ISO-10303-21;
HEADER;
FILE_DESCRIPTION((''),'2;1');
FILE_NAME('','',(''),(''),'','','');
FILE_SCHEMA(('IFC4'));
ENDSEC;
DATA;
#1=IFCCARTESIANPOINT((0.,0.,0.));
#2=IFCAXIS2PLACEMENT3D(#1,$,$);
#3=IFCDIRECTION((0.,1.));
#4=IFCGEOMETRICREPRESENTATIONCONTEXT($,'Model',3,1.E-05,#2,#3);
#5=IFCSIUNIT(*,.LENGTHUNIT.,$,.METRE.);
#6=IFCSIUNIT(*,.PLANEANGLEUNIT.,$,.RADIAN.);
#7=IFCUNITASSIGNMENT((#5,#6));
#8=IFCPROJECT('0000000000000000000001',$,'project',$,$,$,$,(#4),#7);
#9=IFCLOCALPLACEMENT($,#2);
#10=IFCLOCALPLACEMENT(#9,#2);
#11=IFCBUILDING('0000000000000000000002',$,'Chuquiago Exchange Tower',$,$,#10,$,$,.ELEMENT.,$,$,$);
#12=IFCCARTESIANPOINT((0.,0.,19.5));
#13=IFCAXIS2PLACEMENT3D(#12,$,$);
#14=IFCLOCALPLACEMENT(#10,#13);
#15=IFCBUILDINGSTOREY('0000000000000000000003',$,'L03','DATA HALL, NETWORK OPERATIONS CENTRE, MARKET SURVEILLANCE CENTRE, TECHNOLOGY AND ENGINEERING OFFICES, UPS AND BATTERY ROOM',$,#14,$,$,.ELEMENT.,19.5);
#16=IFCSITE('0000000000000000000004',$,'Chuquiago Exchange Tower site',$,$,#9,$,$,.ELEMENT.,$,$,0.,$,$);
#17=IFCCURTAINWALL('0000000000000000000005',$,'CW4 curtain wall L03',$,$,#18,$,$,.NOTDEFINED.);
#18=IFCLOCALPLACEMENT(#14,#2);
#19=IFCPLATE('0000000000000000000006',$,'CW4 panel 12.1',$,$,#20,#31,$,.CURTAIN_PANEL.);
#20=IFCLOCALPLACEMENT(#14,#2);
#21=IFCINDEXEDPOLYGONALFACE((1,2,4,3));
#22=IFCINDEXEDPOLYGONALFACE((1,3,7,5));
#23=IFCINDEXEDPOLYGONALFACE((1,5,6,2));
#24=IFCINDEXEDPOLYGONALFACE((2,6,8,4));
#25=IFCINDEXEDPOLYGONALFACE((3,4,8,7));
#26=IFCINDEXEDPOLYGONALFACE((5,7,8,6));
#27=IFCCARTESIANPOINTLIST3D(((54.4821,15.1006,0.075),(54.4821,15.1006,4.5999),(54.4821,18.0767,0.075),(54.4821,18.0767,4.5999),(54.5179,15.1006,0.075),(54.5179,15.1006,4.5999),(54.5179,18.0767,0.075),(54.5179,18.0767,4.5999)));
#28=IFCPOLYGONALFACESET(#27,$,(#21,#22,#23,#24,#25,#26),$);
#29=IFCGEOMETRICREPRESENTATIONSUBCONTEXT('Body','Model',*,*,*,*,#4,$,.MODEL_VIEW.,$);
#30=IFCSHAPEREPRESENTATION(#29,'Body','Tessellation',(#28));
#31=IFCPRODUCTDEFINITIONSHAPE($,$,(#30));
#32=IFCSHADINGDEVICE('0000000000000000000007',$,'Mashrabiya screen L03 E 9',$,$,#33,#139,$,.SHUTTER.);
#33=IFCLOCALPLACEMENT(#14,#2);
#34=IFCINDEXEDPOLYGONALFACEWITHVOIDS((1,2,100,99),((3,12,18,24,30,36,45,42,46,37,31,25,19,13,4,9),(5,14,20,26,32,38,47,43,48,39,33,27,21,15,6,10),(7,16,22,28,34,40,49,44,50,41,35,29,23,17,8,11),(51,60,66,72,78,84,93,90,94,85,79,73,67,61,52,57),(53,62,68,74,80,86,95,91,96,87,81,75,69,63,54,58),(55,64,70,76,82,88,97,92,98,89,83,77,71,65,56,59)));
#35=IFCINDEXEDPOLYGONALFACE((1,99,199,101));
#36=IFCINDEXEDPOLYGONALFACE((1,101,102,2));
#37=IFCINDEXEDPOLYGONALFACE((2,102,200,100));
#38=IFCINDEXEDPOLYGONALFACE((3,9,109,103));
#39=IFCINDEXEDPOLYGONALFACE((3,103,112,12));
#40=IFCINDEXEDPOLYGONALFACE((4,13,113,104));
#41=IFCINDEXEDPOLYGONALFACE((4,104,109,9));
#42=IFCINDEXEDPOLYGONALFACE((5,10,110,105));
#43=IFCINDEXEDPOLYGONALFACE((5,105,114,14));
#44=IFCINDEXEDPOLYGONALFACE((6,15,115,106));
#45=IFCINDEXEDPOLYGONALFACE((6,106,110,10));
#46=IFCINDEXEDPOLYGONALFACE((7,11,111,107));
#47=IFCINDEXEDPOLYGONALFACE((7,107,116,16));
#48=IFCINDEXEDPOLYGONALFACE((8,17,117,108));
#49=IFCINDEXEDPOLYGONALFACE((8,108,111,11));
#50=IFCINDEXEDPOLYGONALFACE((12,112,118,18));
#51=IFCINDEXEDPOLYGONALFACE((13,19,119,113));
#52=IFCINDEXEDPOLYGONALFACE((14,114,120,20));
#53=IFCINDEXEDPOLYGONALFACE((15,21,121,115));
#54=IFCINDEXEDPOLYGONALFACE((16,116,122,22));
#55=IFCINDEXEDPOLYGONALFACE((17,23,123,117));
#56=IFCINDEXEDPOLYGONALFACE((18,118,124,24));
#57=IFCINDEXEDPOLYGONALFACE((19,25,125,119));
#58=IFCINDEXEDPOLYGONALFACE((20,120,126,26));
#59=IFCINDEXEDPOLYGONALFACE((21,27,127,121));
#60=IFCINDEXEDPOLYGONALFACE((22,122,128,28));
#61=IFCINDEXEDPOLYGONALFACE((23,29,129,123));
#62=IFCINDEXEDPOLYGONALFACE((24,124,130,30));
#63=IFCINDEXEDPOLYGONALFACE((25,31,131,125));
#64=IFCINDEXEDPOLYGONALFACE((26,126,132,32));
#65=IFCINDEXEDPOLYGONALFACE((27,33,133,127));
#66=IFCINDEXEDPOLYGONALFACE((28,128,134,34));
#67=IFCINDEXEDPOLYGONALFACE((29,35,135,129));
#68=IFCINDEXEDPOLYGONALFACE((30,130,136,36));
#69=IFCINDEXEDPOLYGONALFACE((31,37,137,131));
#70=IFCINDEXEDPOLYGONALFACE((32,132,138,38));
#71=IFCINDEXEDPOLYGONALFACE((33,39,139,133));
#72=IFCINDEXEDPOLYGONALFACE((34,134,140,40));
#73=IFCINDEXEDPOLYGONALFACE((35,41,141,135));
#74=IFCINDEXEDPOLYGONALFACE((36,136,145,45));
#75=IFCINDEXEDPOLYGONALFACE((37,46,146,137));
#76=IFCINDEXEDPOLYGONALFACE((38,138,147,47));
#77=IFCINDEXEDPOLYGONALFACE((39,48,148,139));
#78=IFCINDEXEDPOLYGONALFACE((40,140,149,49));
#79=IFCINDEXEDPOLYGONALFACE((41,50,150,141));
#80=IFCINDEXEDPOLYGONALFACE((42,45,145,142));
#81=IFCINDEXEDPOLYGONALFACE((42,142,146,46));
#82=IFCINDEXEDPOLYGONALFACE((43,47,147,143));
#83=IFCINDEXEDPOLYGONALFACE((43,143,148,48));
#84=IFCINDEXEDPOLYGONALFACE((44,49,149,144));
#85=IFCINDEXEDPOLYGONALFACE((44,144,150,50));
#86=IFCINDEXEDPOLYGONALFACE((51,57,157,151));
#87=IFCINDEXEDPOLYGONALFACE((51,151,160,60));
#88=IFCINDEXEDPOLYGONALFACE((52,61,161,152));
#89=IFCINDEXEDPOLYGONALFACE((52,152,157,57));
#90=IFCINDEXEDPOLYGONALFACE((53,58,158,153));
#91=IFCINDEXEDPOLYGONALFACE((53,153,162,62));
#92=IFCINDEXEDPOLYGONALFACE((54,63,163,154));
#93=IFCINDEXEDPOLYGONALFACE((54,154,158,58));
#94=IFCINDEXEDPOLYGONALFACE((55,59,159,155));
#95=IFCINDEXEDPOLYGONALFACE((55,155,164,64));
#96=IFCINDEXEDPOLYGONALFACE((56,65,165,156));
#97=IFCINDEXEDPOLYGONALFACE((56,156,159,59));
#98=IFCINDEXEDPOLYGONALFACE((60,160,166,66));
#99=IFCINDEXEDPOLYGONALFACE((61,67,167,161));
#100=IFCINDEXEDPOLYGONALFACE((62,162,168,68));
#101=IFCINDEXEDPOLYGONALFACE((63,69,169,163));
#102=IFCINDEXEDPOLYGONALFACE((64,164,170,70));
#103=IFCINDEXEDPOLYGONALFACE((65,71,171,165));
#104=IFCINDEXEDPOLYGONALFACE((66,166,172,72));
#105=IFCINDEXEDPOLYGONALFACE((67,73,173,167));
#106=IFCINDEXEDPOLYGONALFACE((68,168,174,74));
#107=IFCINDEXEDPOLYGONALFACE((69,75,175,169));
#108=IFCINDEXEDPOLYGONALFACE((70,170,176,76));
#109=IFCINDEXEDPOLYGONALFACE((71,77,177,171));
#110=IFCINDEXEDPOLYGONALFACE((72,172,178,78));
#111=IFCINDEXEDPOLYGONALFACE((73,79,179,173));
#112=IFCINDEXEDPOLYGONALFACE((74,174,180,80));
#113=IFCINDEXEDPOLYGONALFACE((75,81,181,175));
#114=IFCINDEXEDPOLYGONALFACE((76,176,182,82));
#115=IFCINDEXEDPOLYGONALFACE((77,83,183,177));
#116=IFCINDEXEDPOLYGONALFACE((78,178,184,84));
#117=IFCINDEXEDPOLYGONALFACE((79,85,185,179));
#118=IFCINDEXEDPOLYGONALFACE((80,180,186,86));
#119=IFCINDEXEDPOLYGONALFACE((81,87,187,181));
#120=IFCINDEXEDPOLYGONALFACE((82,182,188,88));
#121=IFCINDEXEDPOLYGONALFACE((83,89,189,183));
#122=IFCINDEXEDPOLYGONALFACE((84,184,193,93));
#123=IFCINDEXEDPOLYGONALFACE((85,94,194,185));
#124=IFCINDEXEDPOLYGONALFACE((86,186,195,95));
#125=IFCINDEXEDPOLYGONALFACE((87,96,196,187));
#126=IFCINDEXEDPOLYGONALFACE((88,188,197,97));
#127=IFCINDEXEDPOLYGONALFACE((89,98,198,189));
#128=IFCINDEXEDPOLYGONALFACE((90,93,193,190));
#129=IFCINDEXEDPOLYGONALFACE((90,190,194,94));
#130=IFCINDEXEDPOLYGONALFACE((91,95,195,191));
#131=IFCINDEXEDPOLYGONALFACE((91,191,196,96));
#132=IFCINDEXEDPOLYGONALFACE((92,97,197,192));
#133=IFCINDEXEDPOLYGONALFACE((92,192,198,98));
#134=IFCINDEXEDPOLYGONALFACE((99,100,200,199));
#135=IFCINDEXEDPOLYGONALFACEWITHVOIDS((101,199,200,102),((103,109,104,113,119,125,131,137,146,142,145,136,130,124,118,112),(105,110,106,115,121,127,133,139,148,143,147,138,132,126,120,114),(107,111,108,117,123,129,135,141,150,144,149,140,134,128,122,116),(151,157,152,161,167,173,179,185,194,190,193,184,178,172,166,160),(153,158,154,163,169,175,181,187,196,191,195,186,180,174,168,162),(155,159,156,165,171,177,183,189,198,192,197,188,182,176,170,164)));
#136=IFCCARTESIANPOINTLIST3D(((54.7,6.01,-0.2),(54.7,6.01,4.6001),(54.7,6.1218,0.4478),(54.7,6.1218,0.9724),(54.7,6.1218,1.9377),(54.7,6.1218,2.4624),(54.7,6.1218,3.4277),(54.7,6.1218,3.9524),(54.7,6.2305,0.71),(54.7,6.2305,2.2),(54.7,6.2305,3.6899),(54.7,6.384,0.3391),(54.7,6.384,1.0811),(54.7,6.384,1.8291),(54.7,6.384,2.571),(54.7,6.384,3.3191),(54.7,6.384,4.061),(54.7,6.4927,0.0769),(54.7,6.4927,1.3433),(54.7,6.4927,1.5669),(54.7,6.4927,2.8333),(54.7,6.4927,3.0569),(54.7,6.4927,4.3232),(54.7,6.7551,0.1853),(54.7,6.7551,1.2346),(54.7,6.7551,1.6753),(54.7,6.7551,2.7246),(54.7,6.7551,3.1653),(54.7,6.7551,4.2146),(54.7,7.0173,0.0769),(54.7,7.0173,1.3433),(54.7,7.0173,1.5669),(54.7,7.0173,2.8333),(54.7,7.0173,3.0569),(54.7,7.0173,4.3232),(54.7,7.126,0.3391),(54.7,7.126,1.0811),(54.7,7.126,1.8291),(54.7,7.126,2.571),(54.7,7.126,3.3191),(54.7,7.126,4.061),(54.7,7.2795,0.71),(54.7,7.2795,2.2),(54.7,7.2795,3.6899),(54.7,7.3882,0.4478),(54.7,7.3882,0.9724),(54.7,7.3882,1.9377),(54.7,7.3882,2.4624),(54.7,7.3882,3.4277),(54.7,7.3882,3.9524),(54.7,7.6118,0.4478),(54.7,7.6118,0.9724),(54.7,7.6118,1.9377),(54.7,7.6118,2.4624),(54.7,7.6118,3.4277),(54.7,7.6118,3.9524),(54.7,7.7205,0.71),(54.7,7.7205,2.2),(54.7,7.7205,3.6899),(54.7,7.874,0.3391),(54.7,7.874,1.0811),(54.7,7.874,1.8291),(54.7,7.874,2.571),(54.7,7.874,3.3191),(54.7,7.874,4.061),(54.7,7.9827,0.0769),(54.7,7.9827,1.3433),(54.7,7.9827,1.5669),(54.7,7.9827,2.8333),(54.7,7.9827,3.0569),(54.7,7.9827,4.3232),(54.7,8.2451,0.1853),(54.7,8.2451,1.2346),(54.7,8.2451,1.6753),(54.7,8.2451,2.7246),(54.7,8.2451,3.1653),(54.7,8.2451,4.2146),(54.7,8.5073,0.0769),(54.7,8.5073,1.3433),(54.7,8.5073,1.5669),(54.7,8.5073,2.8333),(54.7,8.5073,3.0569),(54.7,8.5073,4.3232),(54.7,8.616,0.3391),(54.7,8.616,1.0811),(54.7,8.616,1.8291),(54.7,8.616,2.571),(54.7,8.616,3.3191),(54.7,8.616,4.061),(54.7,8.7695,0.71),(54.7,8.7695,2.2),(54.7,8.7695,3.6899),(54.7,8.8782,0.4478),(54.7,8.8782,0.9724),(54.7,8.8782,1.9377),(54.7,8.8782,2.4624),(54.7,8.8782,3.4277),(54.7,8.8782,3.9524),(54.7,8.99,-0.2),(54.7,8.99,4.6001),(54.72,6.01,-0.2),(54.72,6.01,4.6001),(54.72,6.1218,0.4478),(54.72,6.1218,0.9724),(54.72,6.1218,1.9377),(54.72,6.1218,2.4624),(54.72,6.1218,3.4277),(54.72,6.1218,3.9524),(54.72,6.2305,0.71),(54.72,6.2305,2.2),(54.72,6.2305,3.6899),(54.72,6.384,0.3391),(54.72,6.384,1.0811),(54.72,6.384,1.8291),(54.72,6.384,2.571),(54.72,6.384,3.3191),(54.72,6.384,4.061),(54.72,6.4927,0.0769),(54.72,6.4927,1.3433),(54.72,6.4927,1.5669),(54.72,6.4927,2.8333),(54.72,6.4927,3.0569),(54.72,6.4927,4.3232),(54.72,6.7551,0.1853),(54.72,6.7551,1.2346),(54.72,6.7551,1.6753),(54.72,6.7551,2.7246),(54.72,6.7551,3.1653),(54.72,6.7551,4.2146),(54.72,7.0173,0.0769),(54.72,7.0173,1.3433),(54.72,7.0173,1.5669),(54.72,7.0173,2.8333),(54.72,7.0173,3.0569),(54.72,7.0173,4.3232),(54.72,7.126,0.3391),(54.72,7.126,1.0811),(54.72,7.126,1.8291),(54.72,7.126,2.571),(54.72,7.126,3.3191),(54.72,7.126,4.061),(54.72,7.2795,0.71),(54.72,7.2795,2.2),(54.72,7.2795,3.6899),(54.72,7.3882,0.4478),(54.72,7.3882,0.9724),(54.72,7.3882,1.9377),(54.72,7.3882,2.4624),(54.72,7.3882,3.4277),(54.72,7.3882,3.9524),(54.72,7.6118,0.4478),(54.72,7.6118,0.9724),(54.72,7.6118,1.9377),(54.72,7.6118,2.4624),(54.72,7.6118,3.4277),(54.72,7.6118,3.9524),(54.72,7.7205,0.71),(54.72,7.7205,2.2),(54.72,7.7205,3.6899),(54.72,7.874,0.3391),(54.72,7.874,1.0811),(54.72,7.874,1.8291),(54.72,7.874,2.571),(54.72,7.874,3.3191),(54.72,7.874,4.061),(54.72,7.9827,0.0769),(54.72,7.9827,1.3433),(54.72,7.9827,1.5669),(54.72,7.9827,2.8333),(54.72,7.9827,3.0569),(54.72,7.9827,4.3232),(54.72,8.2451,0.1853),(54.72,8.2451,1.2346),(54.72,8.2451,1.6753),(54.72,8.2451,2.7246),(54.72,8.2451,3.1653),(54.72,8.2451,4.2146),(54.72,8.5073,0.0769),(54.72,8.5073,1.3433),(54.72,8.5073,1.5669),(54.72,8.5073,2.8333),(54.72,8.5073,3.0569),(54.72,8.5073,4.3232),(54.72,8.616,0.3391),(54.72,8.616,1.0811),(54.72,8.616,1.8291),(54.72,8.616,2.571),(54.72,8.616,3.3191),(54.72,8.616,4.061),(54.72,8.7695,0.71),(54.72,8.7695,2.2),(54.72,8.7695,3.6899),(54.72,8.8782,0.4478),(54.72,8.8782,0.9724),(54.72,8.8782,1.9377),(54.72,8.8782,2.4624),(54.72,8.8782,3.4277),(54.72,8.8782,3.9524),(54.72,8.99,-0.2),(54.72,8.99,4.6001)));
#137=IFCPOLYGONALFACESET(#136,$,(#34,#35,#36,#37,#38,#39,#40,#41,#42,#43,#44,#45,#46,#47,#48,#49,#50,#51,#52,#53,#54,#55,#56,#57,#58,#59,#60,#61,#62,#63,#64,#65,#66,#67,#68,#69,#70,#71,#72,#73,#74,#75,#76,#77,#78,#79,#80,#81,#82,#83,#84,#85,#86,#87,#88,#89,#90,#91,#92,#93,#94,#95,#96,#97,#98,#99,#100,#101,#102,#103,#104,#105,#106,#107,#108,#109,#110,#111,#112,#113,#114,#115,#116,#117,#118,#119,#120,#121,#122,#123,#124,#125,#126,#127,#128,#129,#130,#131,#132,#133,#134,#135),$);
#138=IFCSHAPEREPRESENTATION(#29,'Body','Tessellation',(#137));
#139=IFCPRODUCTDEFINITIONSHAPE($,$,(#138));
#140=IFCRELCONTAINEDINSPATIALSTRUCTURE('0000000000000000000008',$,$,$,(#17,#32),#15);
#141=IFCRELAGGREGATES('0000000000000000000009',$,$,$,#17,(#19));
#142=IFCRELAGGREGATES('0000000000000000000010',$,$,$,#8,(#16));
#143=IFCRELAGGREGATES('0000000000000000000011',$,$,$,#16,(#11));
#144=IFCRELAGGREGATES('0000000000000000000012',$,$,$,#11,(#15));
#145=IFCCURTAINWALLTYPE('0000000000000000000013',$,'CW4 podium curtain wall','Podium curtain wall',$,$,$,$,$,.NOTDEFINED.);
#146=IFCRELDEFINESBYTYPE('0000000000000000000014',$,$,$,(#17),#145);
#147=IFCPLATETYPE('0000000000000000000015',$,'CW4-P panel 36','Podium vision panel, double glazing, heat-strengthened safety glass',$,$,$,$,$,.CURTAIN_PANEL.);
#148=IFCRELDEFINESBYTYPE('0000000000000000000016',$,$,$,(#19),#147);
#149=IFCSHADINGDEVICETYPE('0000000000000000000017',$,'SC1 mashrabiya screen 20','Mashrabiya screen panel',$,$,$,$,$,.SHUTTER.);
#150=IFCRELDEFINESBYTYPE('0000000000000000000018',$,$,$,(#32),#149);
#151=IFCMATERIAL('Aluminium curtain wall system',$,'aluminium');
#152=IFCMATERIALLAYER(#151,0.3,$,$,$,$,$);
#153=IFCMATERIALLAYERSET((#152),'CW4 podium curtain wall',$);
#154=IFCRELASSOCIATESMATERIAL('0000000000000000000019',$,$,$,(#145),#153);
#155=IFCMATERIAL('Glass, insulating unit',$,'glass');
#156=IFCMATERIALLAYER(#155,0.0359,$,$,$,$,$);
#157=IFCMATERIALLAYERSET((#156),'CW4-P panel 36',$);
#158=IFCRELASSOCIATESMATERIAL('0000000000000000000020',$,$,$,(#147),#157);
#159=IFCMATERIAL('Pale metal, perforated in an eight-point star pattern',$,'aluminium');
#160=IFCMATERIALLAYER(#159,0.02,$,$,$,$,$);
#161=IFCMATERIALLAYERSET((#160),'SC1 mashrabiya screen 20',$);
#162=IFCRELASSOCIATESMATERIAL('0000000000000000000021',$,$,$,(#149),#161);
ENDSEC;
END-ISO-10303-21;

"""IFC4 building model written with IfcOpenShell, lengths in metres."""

from ifc_helpers import new_model, si_unit, direction, frame, origin, origin_2d, place, context, subcontext, project, spatial, polyline, rectangle, outline, extrude, material, layer, layer_set, type_object, element, aggregate, save


model = new_model("IFC4")

# Units and contexts
model_context = context("Model", 3, precision=1e-05, world=origin(), true_north=direction((0.0, 1.0)))
body_context = subcontext(model_context, "Body", "Model", "MODEL_VIEW")
ifc_project = project(units=[si_unit("LENGTHUNIT", "METRE"), si_unit("PLANEANGLEUNIT", "RADIAN")], contexts=[model_context])

# Site, building, storey
site_placement = place(None, origin())
site = spatial("IfcSite", under=ifc_project, at=site_placement, Name="Chuquiago Exchange Tower site", CompositionType="ELEMENT", RefElevation=0.0)
building_placement = place(site_placement, origin())
building = spatial("IfcBuilding", under=site, at=building_placement, Name="Chuquiago Exchange Tower", CompositionType="ELEMENT")
storey_placement = place(building_placement, frame((0.0, 0.0, 19.5)))
storey = spatial("IfcBuildingStorey", under=building, at=storey_placement, Name="L03", Description="DATA HALL, NETWORK OPERATIONS CENTRE, MARKET SURVEILLANCE CENTRE, TECHNOLOGY AND ENGINEERING OFFICES, UPS AND BATTERY ROOM", CompositionType="ELEMENT", Elevation=19.5)

# Curtain wall
ifc_material_1 = material(Name="Aluminium curtain wall system", Category="aluminium")
ifc_layer_1 = layer(ifc_material_1, 0.3)
ifc_layer_set_1 = layer_set([ifc_layer_1], Name="CW4 podium curtain wall")
curtain_wall_type = type_object("IfcCurtainWallType", Name="CW4 podium curtain wall", Description="Podium curtain wall", PredefinedType="NOTDEFINED", material=ifc_layer_set_1)
curtain_wall_placement = place(storey_placement, origin())
curtain_wall = element("IfcCurtainWall", 1, at=curtain_wall_placement, inside=storey, type_object=curtain_wall_type, Name="CW4 curtain wall L03", PredefinedType="NOTDEFINED")

# Plate
ifc_material_2 = material(Name="Glass, insulating unit", Category="glass")
ifc_layer_2 = layer(ifc_material_2, 0.0359)
ifc_layer_set_2 = layer_set([ifc_layer_2], Name="CW4-P panel 36")
plate_type = type_object("IfcPlateType", Name="CW4-P panel 36", Description="Podium vision panel, double glazing, heat-strengthened safety glass", PredefinedType="CURTAIN_PANEL", material=ifc_layer_set_2)
plate_1_placement = place(storey_placement, frame((54.5, 16.5886, 0.075), z_axis=(0.0, 0.0, 1.0), x_axis=(0.0, 1.0, 0.0)))
plate_1 = element("IfcPlate", 2, at=plate_1_placement, type_object=plate_type, Name="CW4 panel 12.1", PredefinedType="CURTAIN_PANEL", context=body_context, shape_type="SweptSolid", body=[
    extrude(rectangle(XDim=2.9761, YDim=0.0359, at=origin_2d()), origin(), (0.0, 0.0, 1.0), 4.5249),
])
aggregate(curtain_wall, [plate_1])

# Shading device
ifc_material_3 = material(Name="Pale metal, perforated in an eight-point star pattern", Category="aluminium")
ifc_layer_3 = layer(ifc_material_3, 0.02)
ifc_layer_set_3 = layer_set([ifc_layer_3], Name="SC1 mashrabiya screen 20")
shading_device_type = type_object("IfcShadingDeviceType", Name="SC1 mashrabiya screen 20", Description="Mashrabiya screen panel", PredefinedType="SHUTTER", material=ifc_layer_set_3)
shading_device_1_placement = place(storey_placement, frame((54.7, 6.01, -0.2), z_axis=(0.0, 0.0, 1.0), x_axis=(0.0, 1.0, 0.0)))
element("IfcShadingDevice", 3, at=shading_device_1_placement, inside=storey, type_object=shading_device_type, Name="Mashrabiya screen L03 E 9", PredefinedType="SHUTTER", context=body_context, shape_type="SweptSolid", body=[
    extrude(outline(polyline([(0.0, 0.0), (2.98, 0.0), (2.98, 4.8), (0.0, 4.8), (0.0, 0.0)]), holes=[polyline([(1.2695, 0.9099), (1.3782, 1.1724), (1.116, 1.281), (1.0073, 1.5432), (0.7451, 1.4346), (0.4827, 1.5432), (0.374, 1.281), (0.1118, 1.1724), (0.2205, 0.9099), (0.1118, 0.6477), (0.374, 0.5391), (0.4827, 0.2769), (0.7451, 0.3853), (1.0073, 0.2769), (1.116, 0.5391), (1.3782, 0.6477), (1.2695, 0.9099)]), polyline([(2.7595, 0.9099), (2.8682, 1.1724), (2.606, 1.281), (2.4973, 1.5432), (2.2351, 1.4346), (1.9727, 1.5432), (1.864, 1.281), (1.6018, 1.1724), (1.7104, 0.9099), (1.6018, 0.6477), (1.864, 0.5391), (1.9727, 0.2769), (2.2351, 0.3853), (2.4973, 0.2769), (2.606, 0.5391), (2.8682, 0.6477), (2.7595, 0.9099)]), polyline([(1.2695, 2.3999), (1.3782, 2.6624), (1.116, 2.771), (1.0073, 3.0332), (0.7451, 2.9246), (0.4827, 3.0332), (0.374, 2.771), (0.1118, 2.6624), (0.2205, 2.3999), (0.1118, 2.1377), (0.374, 2.0291), (0.4827, 1.7668), (0.7451, 1.8752), (1.0073, 1.7668), (1.116, 2.0291), (1.3782, 2.1377), (1.2695, 2.3999)]), polyline([(2.7595, 2.3999), (2.8682, 2.6624), (2.606, 2.771), (2.4973, 3.0332), (2.2351, 2.9246), (1.9727, 3.0332), (1.864, 2.771), (1.6018, 2.6624), (1.7104, 2.3999), (1.6018, 2.1377), (1.864, 2.0291), (1.9727, 1.7668), (2.2351, 1.8752), (2.4973, 1.7668), (2.606, 2.0291), (2.8682, 2.1377), (2.7595, 2.3999)]), polyline([(1.2695, 3.8899), (1.3782, 4.1523), (1.116, 4.261), (1.0073, 4.5232), (0.7451, 4.4146), (0.4827, 4.5232), (0.374, 4.261), (0.1118, 4.1523), (0.2205, 3.8899), (0.1118, 3.6277), (0.374, 3.519), (0.4827, 3.2568), (0.7451, 3.3652), (1.0073, 3.2568), (1.116, 3.519), (1.3782, 3.6277), (1.2695, 3.8899)]), polyline([(2.7595, 3.8899), (2.8682, 4.1523), (2.606, 4.261), (2.4973, 4.5232), (2.2351, 4.4146), (1.9727, 4.5232), (1.864, 4.261), (1.6018, 4.1523), (1.7104, 3.8899), (1.6018, 3.6277), (1.864, 3.519), (1.9727, 3.2568), (2.2351, 3.3652), (2.4973, 3.2568), (2.606, 3.519), (2.8682, 3.6277), (2.7595, 3.8899)])]), frame((0.0, 0.0, 0.0), z_axis=(0.0, -1.0, 0.0), x_axis=(1.0, 0.0, 0.0)), (0.0, 0.0, 1.0), 0.02),
])

save(model, "model.ifc")
